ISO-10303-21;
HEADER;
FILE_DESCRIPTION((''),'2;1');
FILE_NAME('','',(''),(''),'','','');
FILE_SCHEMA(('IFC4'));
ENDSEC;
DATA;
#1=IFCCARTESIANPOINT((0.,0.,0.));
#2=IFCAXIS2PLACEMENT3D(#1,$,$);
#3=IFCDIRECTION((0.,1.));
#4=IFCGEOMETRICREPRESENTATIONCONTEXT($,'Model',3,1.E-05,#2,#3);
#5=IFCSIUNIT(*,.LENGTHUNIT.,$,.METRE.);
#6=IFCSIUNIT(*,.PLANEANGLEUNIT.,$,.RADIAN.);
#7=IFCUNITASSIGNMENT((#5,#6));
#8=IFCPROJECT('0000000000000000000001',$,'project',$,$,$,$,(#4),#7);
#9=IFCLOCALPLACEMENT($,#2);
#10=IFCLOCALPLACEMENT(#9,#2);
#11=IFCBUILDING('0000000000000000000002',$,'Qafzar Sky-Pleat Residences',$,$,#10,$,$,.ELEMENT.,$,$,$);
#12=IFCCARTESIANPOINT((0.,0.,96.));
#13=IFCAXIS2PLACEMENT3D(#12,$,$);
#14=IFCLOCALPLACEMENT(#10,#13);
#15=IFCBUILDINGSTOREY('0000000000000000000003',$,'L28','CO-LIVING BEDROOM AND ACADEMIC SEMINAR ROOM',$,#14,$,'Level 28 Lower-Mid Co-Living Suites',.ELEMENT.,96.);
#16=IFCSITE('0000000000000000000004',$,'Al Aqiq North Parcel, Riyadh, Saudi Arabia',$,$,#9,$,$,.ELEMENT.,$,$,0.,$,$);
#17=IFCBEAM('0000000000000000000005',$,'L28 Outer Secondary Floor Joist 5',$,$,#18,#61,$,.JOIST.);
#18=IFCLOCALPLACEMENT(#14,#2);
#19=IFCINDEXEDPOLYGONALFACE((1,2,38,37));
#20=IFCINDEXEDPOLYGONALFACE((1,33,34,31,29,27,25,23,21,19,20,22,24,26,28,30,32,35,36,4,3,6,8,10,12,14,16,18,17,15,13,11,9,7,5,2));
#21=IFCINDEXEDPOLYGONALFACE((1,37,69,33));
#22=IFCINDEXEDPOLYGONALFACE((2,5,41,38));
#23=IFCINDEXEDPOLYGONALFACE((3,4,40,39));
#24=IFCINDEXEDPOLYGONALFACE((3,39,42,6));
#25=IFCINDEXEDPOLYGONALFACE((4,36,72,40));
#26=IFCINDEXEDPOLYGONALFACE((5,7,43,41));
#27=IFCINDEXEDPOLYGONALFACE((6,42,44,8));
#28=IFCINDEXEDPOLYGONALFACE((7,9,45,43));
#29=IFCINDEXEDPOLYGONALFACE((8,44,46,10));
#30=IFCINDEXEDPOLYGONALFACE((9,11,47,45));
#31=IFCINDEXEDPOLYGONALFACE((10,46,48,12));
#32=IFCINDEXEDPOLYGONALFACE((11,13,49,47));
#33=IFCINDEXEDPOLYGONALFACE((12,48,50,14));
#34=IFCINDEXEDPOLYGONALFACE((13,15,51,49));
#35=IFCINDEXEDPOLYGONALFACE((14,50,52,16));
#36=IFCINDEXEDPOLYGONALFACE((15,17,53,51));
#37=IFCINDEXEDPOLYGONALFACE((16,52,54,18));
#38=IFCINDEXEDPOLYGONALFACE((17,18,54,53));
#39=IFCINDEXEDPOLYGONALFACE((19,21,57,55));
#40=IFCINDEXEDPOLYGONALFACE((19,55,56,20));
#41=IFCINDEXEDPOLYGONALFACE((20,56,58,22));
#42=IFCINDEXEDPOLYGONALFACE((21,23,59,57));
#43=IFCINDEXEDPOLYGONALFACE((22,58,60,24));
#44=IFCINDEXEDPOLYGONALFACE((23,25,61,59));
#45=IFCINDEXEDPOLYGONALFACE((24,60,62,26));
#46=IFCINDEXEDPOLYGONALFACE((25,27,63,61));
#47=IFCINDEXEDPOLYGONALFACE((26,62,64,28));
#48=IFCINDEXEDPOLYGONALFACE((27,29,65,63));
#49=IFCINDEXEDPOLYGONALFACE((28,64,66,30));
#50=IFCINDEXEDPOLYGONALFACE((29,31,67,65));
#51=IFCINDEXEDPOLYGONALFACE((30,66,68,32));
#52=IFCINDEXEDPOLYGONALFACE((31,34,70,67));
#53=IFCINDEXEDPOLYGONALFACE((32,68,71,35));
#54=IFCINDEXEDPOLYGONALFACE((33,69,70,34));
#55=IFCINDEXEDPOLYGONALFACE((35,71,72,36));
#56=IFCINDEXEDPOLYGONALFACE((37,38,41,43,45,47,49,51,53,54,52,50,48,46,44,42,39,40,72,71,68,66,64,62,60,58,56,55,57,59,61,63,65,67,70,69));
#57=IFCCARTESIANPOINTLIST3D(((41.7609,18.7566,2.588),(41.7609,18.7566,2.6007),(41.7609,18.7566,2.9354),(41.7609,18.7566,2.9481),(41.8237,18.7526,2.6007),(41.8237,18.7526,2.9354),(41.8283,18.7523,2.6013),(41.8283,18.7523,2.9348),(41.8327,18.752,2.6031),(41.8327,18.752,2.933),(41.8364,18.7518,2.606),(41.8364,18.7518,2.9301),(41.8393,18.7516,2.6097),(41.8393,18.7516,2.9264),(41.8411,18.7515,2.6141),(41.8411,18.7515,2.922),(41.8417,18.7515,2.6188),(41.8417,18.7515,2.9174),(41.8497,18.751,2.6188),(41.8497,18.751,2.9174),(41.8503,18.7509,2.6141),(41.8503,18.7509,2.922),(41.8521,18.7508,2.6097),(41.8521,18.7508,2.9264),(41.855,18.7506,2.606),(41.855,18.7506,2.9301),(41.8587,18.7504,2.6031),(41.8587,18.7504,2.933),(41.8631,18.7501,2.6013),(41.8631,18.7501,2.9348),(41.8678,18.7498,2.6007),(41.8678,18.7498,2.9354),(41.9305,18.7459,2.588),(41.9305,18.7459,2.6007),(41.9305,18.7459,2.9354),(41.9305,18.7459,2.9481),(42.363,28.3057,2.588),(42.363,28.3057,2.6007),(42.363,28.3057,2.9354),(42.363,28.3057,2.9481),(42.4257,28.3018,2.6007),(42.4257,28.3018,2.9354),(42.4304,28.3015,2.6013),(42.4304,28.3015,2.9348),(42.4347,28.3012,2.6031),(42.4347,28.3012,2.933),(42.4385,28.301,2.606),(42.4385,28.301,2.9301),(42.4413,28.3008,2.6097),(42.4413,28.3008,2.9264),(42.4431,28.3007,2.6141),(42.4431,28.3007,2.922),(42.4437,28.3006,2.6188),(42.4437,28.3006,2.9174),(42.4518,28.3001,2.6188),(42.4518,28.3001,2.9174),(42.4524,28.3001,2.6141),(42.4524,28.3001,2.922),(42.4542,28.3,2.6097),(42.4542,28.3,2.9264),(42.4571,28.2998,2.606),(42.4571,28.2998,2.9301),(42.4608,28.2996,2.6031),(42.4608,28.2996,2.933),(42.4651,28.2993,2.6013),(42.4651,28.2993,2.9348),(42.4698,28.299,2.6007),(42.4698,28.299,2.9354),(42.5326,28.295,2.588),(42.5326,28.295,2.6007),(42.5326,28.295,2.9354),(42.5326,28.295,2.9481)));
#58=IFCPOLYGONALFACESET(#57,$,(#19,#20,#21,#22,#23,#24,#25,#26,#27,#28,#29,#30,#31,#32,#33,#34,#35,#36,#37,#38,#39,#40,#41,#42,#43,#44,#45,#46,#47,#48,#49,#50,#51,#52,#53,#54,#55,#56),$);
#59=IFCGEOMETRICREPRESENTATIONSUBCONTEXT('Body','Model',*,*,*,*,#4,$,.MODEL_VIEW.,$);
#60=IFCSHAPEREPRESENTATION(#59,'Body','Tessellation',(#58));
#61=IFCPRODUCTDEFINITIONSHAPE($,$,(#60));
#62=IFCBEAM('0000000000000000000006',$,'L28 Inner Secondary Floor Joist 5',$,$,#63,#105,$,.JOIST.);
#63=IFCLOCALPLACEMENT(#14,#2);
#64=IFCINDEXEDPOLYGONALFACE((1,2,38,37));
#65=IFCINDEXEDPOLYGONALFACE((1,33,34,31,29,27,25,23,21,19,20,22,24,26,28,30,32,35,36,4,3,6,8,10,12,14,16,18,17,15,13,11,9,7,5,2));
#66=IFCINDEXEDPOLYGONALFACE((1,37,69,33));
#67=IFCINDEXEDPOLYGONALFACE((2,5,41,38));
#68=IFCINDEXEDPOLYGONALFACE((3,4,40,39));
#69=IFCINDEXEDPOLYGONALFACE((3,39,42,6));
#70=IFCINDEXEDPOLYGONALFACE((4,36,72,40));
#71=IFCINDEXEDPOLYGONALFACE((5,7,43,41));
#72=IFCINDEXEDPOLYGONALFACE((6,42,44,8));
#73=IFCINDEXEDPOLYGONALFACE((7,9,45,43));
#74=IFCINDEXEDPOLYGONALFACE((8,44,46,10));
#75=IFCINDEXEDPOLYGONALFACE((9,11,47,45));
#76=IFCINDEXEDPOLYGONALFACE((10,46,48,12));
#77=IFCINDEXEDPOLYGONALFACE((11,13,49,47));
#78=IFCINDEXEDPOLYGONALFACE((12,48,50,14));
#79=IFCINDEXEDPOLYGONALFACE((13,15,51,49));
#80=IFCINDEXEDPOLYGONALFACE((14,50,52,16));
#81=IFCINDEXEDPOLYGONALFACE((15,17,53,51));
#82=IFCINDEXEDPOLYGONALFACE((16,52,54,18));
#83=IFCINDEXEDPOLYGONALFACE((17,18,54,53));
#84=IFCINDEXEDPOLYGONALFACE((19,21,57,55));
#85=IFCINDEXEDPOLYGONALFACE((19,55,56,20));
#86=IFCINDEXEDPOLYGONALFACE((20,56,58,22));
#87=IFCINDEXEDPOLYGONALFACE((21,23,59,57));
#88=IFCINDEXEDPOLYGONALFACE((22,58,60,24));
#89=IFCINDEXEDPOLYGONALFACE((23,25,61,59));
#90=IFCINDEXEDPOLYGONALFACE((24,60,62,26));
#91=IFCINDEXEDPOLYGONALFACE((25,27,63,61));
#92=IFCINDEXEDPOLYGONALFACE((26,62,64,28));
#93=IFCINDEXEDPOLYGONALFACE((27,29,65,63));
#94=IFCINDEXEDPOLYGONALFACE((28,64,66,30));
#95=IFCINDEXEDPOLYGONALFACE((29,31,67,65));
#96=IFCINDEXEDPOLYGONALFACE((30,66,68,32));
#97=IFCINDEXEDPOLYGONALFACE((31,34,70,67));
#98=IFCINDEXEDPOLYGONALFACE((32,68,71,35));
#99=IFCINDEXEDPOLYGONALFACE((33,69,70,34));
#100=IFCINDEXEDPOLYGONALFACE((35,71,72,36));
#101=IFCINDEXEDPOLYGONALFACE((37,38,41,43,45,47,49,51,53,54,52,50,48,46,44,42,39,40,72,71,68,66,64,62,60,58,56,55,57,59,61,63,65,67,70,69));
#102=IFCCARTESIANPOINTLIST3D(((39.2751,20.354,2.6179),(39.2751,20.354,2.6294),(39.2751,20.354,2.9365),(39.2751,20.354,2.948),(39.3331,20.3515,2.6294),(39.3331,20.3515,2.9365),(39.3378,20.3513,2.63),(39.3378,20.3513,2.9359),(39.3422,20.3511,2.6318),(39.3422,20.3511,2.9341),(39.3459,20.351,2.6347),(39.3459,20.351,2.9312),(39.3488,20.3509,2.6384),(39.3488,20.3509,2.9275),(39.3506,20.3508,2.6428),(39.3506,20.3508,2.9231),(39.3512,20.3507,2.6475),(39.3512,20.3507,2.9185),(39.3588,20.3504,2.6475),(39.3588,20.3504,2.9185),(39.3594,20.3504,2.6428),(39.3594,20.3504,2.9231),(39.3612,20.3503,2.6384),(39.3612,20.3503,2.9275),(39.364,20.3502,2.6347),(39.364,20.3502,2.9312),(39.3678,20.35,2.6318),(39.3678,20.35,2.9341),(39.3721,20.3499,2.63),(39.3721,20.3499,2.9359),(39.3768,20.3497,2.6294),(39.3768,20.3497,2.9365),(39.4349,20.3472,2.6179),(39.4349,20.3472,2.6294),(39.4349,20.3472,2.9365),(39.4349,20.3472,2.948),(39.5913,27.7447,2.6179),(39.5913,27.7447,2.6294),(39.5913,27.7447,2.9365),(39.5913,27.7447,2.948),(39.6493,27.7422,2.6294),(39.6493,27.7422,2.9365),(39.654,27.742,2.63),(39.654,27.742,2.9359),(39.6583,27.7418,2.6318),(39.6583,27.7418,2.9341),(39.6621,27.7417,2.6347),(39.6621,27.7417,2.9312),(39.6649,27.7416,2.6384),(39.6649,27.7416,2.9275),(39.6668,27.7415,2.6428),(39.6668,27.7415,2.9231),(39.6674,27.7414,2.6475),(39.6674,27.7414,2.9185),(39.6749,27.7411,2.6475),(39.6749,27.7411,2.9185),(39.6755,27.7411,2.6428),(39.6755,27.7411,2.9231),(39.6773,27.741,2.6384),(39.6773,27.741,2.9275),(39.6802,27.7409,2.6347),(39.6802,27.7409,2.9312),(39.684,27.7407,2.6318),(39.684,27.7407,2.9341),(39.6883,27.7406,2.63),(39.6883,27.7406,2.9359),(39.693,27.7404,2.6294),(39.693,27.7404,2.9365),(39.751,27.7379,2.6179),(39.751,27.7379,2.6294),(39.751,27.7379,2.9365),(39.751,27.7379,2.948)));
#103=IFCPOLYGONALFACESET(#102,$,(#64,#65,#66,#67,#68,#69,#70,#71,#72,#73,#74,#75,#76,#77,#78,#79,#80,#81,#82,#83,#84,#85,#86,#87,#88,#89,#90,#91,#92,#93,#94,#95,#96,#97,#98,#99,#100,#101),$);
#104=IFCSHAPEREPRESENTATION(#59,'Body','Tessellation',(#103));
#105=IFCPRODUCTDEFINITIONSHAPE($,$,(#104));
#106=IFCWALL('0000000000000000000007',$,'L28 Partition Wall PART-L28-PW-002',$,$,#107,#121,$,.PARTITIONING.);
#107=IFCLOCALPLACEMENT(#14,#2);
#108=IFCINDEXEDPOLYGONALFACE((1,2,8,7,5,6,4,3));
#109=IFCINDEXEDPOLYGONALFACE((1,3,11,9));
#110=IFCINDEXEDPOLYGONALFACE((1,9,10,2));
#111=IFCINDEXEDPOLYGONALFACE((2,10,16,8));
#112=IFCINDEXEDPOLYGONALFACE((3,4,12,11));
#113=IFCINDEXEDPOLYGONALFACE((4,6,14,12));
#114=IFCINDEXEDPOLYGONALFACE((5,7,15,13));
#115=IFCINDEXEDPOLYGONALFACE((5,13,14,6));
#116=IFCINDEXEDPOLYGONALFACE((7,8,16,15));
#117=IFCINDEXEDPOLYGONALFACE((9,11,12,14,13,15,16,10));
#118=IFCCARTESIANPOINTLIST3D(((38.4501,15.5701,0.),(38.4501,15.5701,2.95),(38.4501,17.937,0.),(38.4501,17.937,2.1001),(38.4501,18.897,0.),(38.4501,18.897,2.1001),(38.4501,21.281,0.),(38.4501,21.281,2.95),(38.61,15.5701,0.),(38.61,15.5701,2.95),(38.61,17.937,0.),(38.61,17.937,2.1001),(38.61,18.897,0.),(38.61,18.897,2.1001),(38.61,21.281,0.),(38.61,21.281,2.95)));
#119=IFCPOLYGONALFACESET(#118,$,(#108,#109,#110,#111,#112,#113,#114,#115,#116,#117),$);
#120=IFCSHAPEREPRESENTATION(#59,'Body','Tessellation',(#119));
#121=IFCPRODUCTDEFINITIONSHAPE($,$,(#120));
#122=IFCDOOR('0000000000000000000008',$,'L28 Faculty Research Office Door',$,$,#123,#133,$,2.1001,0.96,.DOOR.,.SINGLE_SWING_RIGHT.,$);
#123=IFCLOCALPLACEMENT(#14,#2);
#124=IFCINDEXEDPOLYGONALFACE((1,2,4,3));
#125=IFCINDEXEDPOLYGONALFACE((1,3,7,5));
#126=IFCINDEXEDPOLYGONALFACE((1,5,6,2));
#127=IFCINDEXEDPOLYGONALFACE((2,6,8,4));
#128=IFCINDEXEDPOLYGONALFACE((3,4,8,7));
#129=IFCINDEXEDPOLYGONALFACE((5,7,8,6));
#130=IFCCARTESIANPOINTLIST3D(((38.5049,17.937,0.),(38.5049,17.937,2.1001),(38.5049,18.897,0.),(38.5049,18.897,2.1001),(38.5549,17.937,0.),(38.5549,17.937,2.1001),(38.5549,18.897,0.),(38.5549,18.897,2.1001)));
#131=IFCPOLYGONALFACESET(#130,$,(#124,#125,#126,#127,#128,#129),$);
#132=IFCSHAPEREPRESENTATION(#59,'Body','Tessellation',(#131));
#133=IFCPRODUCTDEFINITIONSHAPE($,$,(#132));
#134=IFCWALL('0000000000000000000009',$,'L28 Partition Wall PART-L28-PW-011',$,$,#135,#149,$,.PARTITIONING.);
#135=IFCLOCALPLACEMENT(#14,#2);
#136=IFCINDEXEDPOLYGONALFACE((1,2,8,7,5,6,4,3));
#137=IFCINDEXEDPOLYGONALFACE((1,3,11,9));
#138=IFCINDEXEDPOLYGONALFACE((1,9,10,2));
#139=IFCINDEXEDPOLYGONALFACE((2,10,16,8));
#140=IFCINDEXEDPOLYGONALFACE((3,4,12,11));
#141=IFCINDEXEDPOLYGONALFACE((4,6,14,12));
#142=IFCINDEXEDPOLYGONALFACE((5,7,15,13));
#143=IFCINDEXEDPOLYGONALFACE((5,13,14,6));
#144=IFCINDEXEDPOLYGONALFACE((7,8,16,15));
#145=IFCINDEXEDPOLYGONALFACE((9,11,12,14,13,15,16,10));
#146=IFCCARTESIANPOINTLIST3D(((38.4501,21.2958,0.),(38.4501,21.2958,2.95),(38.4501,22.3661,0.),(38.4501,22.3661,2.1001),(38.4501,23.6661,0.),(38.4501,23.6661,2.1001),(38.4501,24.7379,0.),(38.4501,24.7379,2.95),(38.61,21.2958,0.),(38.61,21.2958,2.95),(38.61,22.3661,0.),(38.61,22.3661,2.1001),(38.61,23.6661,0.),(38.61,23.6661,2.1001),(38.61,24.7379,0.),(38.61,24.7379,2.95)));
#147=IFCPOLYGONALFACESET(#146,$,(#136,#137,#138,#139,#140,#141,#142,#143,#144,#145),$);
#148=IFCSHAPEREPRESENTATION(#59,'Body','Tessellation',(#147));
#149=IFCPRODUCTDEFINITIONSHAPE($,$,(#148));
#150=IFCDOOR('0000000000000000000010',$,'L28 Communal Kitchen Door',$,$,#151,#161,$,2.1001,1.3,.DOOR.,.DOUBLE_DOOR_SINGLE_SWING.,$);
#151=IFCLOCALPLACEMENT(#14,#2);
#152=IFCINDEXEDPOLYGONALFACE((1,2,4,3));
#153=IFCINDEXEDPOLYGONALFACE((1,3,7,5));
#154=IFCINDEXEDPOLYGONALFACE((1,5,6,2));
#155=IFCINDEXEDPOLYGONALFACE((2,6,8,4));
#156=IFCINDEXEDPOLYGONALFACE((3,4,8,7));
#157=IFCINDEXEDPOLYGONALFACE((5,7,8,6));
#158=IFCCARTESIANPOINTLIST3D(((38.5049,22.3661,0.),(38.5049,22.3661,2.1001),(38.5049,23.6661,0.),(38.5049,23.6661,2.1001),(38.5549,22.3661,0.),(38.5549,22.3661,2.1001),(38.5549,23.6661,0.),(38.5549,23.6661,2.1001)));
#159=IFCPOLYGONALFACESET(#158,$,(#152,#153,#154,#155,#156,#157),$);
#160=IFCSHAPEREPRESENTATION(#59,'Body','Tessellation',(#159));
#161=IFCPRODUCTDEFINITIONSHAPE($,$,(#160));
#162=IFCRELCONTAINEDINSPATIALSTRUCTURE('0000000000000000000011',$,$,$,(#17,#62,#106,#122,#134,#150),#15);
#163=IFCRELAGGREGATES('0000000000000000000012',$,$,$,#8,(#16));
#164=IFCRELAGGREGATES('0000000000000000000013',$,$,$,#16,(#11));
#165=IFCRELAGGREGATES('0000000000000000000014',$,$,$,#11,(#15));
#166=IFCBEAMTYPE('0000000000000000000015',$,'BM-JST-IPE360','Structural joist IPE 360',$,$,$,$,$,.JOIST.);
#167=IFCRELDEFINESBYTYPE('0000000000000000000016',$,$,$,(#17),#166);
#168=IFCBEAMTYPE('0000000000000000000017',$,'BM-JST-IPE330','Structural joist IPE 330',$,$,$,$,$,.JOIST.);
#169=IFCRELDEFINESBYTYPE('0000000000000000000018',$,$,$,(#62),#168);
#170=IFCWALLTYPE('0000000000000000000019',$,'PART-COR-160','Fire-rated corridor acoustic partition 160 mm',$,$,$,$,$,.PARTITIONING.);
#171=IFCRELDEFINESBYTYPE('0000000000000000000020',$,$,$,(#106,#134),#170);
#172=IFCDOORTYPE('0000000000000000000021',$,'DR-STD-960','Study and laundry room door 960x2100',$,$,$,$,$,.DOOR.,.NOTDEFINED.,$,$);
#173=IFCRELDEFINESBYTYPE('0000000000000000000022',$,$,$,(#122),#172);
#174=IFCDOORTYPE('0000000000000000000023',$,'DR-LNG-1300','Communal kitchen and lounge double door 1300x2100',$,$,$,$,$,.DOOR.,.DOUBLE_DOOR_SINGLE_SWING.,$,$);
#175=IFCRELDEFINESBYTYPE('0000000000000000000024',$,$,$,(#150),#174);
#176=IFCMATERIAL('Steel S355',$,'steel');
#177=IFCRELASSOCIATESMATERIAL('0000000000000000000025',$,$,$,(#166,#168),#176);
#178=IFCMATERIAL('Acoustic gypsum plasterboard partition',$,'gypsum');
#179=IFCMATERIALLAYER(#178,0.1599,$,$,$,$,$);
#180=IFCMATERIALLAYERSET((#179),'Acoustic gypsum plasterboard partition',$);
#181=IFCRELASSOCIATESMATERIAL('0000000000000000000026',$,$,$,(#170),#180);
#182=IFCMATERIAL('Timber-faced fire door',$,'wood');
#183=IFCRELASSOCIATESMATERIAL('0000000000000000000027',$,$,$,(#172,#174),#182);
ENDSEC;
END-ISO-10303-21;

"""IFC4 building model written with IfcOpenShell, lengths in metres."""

from ifc_helpers import new_model, si_unit, direction, frame, frame_2d, origin, origin_2d, place, context, subcontext, project, spatial, rectangle, i_section, extrude, source, transform, mapped, material, layer, layer_set, material_profile, profile_set, type_object, element, fill, save


model = new_model("IFC4")

# Units and contexts
model_context = context("Model", 3, precision=1e-05, world=origin(), true_north=direction((0.0, 1.0)))
body_context = subcontext(model_context, "Body", "Model", "MODEL_VIEW")
ifc_project = project(units=[si_unit("LENGTHUNIT", "METRE"), si_unit("PLANEANGLEUNIT", "RADIAN")], contexts=[model_context])

# Site, building, storey
site_placement = place(None, origin())
site = spatial("IfcSite", under=ifc_project, at=site_placement, Name="Al Aqiq North Parcel, Riyadh, Saudi Arabia", CompositionType="ELEMENT", RefElevation=0.0)
building_placement = place(site_placement, origin())
building = spatial("IfcBuilding", under=site, at=building_placement, Name="Qafzar Sky-Pleat Residences", CompositionType="ELEMENT")
storey_placement = place(building_placement, frame((0.0, 0.0, 96.0)))
storey = spatial("IfcBuildingStorey", under=building, at=storey_placement, Name="L28", Description="CO-LIVING BEDROOM AND ACADEMIC SEMINAR ROOM", LongName="Level 28 Lower-Mid Co-Living Suites", CompositionType="ELEMENT", Elevation=96.0)

# Beams
ifc_material_1 = material(Name="Steel S355", Category="steel")
ifc_material_profile_1 = material_profile(ifc_material_1, i_section(OverallWidth=0.1699, OverallDepth=0.3601, WebThickness=0.0081, FlangeThickness=0.0127, FilletRadius=0.0181, at=origin_2d()), Name="IPE 360")
ifc_profile_set_1 = profile_set([ifc_material_profile_1], Name="Steel S355")
beam_type_1 = type_object("IfcBeamType", Name="BM-JST-IPE360", Description="Structural joist IPE 360", PredefinedType="JOIST", material=ifc_profile_set_1)
shared_shape_1 = source(origin(), body_context, "Body", "SweptSolid", [
    extrude(i_section(OverallWidth=0.1699, OverallDepth=0.3601, WebThickness=0.0081, FlangeThickness=0.0127, FilletRadius=0.0181, at=origin_2d()), origin(), (0.0, 0.0, 1.0), 9.5681),
])
beam_1_placement = place(storey_placement, frame((41.8457, 18.7512, 2.7681), z_axis=(0.062923, 0.998018, 0.0), x_axis=(-0.998018, 0.062923, 0.0)))
element("IfcBeam", 1, at=beam_1_placement, inside=storey, type_object=beam_type_1, Name="L28 Outer Secondary Floor Joist 5", PredefinedType="JOIST", context=body_context, shape_type="MappedRepresentation", body=[
    mapped(shared_shape_1, transform((0.0, 0.0, 0.0), x_axis=(1.0, 0.0, 0.0), y_axis=(0.0, 1.0, 0.0), z_axis=(0.0, 0.0, 1.0), scale=1.0)),
])
ifc_material_profile_2 = material_profile(ifc_material_1, i_section(OverallWidth=0.1599, OverallDepth=0.3301, WebThickness=0.0076, FlangeThickness=0.0115, FilletRadius=0.0181, at=origin_2d()), Name="IPE 330")
ifc_profile_set_2 = profile_set([ifc_material_profile_2], Name="Steel S355")
beam_type_2 = type_object("IfcBeamType", Name="BM-JST-IPE330", Description="Structural joist IPE 330", PredefinedType="JOIST", material=ifc_profile_set_2)
shared_shape_2 = source(origin(), body_context, "Body", "SweptSolid", [
    extrude(i_section(OverallWidth=0.1599, OverallDepth=0.3301, WebThickness=0.0076, FlangeThickness=0.0115, FilletRadius=0.0181, at=origin_2d()), origin(), (0.0, 0.0, 1.0), 7.3975),
])
beam_2_placement = place(storey_placement, frame((39.355, 20.3506, 2.783), z_axis=(0.04274, 0.999086, 0.0), x_axis=(-0.999086, 0.04274, 0.0)))
element("IfcBeam", 2, at=beam_2_placement, inside=storey, type_object=beam_type_2, Name="L28 Inner Secondary Floor Joist 5", PredefinedType="JOIST", context=body_context, shape_type="MappedRepresentation", body=[
    mapped(shared_shape_2, transform((0.0, 0.0, 0.0), x_axis=(1.0, 0.0, 0.0), y_axis=(0.0, 1.0, 0.0), z_axis=(0.0, 0.0, 1.0), scale=1.0)),
])

# Walls, openings, doors
ifc_material_2 = material(Name="Acoustic gypsum plasterboard partition", Category="gypsum")
ifc_layer_1 = layer(ifc_material_2, 0.1599)
ifc_layer_set_1 = layer_set([ifc_layer_1], Name="Acoustic gypsum plasterboard partition")
wall_type_1 = type_object("IfcWallType", Name="PART-COR-160", Description="Fire-rated corridor acoustic partition 160 mm", PredefinedType="PARTITIONING", material=ifc_layer_set_1)
wall_1_placement = place(storey_placement, frame((38.53, 21.281, 0.0), z_axis=(0.0, 0.0, 1.0), x_axis=(0.0, -1.0, 0.0)))
wall_1 = element("IfcWall", 3, at=wall_1_placement, inside=storey, type_object=wall_type_1, Name="L28 Partition Wall PART-L28-PW-002", PredefinedType="PARTITIONING", context=body_context, shape_type="SweptSolid", body=[
    extrude(rectangle(XDim=5.7109, YDim=0.1599, at=frame_2d((2.8555, 0.0))), origin(), (0.0, 0.0, 1.0), 2.95),
])
opening_1_placement = place(wall_1_placement, frame((2.384, 0.0, 0.0)))
opening_1 = element("IfcOpeningElement", 4, at=opening_1_placement, cuts=wall_1, PredefinedType="OPENING", context=body_context, shape_type="SweptSolid", body=[
    extrude(rectangle(XDim=0.96, YDim=2.1001, at=frame_2d((0.48, 1.05))), frame((0.0, 0.0898, 0.0), z_axis=(0.0, -1.0, 0.0), x_axis=(1.0, 0.0, 0.0)), (0.0, 0.0, 1.0), 0.1799),
])
ifc_material_3 = material(Name="Timber-faced fire door", Category="wood")
door_type_1 = type_object("IfcDoorType", Name="DR-STD-960", Description="Study and laundry room door 960x2100", OperationType="NOTDEFINED", PredefinedType="DOOR", material=ifc_material_3)
shared_shape_3 = source(origin(), body_context, "Body", "SweptSolid", [
    extrude(rectangle(XDim=0.96, YDim=2.1001, at=frame_2d((0.48, 1.05))), frame((0.0, 0.0249, 0.0), z_axis=(0.0, -1.0, 0.0), x_axis=(1.0, 0.0, 0.0)), (0.0, 0.0, 1.0), 0.05),
])
door_1_placement = place(opening_1_placement, origin())
door_1 = element("IfcDoor", 5, at=door_1_placement, inside=storey, type_object=door_type_1, Name="L28 Faculty Research Office Door", OperationType="SINGLE_SWING_RIGHT", OverallHeight=2.1001, OverallWidth=0.96, PredefinedType="DOOR", context=body_context, shape_type="MappedRepresentation", body=[
    mapped(shared_shape_3, transform((0.0, 0.0, 0.0), x_axis=(1.0, 0.0, 0.0), y_axis=(0.0, 1.0, 0.0), z_axis=(0.0, 0.0, 1.0), scale=1.0)),
])
fill(opening_1, door_1)
wall_2_placement = place(storey_placement, frame((38.53, 24.738, 0.0), z_axis=(0.0, 0.0, 1.0), x_axis=(0.0, -1.0, 0.0)))
wall_2 = element("IfcWall", 6, at=wall_2_placement, inside=storey, type_object=wall_type_1, Name="L28 Partition Wall PART-L28-PW-011", PredefinedType="PARTITIONING", context=body_context, shape_type="SweptSolid", body=[
    extrude(rectangle(XDim=3.4421, YDim=0.1599, at=frame_2d((1.7212, 0.0))), origin(), (0.0, 0.0, 1.0), 2.95),
])
opening_2_placement = place(wall_2_placement, frame((1.072, 0.0, 0.0)))
opening_2 = element("IfcOpeningElement", 7, at=opening_2_placement, cuts=wall_2, PredefinedType="OPENING", context=body_context, shape_type="SweptSolid", body=[
    extrude(rectangle(XDim=1.3, YDim=2.1001, at=frame_2d((0.6499, 1.05))), frame((0.0, 0.0898, 0.0), z_axis=(0.0, -1.0, 0.0), x_axis=(1.0, 0.0, 0.0)), (0.0, 0.0, 1.0), 0.1799),
])
door_type_2 = type_object("IfcDoorType", Name="DR-LNG-1300", Description="Communal kitchen and lounge double door 1300x2100", OperationType="DOUBLE_DOOR_SINGLE_SWING", PredefinedType="DOOR", material=ifc_material_3)
shared_shape_4 = source(origin(), body_context, "Body", "SweptSolid", [
    extrude(rectangle(XDim=1.3, YDim=2.1001, at=frame_2d((0.6499, 1.05))), frame((0.0, 0.0249, 0.0), z_axis=(0.0, -1.0, 0.0), x_axis=(1.0, 0.0, 0.0)), (0.0, 0.0, 1.0), 0.05),
])
door_2_placement = place(opening_2_placement, origin())
door_2 = element("IfcDoor", 8, at=door_2_placement, inside=storey, type_object=door_type_2, Name="L28 Communal Kitchen Door", OperationType="DOUBLE_DOOR_SINGLE_SWING", OverallHeight=2.1001, OverallWidth=1.3, PredefinedType="DOOR", context=body_context, shape_type="MappedRepresentation", body=[
    mapped(shared_shape_4, transform((0.0, 0.0, 0.0), x_axis=(1.0, 0.0, 0.0), y_axis=(0.0, 1.0, 0.0), z_axis=(0.0, 0.0, 1.0), scale=1.0)),
])
fill(opening_2, door_2)

save(model, "model.ifc")
